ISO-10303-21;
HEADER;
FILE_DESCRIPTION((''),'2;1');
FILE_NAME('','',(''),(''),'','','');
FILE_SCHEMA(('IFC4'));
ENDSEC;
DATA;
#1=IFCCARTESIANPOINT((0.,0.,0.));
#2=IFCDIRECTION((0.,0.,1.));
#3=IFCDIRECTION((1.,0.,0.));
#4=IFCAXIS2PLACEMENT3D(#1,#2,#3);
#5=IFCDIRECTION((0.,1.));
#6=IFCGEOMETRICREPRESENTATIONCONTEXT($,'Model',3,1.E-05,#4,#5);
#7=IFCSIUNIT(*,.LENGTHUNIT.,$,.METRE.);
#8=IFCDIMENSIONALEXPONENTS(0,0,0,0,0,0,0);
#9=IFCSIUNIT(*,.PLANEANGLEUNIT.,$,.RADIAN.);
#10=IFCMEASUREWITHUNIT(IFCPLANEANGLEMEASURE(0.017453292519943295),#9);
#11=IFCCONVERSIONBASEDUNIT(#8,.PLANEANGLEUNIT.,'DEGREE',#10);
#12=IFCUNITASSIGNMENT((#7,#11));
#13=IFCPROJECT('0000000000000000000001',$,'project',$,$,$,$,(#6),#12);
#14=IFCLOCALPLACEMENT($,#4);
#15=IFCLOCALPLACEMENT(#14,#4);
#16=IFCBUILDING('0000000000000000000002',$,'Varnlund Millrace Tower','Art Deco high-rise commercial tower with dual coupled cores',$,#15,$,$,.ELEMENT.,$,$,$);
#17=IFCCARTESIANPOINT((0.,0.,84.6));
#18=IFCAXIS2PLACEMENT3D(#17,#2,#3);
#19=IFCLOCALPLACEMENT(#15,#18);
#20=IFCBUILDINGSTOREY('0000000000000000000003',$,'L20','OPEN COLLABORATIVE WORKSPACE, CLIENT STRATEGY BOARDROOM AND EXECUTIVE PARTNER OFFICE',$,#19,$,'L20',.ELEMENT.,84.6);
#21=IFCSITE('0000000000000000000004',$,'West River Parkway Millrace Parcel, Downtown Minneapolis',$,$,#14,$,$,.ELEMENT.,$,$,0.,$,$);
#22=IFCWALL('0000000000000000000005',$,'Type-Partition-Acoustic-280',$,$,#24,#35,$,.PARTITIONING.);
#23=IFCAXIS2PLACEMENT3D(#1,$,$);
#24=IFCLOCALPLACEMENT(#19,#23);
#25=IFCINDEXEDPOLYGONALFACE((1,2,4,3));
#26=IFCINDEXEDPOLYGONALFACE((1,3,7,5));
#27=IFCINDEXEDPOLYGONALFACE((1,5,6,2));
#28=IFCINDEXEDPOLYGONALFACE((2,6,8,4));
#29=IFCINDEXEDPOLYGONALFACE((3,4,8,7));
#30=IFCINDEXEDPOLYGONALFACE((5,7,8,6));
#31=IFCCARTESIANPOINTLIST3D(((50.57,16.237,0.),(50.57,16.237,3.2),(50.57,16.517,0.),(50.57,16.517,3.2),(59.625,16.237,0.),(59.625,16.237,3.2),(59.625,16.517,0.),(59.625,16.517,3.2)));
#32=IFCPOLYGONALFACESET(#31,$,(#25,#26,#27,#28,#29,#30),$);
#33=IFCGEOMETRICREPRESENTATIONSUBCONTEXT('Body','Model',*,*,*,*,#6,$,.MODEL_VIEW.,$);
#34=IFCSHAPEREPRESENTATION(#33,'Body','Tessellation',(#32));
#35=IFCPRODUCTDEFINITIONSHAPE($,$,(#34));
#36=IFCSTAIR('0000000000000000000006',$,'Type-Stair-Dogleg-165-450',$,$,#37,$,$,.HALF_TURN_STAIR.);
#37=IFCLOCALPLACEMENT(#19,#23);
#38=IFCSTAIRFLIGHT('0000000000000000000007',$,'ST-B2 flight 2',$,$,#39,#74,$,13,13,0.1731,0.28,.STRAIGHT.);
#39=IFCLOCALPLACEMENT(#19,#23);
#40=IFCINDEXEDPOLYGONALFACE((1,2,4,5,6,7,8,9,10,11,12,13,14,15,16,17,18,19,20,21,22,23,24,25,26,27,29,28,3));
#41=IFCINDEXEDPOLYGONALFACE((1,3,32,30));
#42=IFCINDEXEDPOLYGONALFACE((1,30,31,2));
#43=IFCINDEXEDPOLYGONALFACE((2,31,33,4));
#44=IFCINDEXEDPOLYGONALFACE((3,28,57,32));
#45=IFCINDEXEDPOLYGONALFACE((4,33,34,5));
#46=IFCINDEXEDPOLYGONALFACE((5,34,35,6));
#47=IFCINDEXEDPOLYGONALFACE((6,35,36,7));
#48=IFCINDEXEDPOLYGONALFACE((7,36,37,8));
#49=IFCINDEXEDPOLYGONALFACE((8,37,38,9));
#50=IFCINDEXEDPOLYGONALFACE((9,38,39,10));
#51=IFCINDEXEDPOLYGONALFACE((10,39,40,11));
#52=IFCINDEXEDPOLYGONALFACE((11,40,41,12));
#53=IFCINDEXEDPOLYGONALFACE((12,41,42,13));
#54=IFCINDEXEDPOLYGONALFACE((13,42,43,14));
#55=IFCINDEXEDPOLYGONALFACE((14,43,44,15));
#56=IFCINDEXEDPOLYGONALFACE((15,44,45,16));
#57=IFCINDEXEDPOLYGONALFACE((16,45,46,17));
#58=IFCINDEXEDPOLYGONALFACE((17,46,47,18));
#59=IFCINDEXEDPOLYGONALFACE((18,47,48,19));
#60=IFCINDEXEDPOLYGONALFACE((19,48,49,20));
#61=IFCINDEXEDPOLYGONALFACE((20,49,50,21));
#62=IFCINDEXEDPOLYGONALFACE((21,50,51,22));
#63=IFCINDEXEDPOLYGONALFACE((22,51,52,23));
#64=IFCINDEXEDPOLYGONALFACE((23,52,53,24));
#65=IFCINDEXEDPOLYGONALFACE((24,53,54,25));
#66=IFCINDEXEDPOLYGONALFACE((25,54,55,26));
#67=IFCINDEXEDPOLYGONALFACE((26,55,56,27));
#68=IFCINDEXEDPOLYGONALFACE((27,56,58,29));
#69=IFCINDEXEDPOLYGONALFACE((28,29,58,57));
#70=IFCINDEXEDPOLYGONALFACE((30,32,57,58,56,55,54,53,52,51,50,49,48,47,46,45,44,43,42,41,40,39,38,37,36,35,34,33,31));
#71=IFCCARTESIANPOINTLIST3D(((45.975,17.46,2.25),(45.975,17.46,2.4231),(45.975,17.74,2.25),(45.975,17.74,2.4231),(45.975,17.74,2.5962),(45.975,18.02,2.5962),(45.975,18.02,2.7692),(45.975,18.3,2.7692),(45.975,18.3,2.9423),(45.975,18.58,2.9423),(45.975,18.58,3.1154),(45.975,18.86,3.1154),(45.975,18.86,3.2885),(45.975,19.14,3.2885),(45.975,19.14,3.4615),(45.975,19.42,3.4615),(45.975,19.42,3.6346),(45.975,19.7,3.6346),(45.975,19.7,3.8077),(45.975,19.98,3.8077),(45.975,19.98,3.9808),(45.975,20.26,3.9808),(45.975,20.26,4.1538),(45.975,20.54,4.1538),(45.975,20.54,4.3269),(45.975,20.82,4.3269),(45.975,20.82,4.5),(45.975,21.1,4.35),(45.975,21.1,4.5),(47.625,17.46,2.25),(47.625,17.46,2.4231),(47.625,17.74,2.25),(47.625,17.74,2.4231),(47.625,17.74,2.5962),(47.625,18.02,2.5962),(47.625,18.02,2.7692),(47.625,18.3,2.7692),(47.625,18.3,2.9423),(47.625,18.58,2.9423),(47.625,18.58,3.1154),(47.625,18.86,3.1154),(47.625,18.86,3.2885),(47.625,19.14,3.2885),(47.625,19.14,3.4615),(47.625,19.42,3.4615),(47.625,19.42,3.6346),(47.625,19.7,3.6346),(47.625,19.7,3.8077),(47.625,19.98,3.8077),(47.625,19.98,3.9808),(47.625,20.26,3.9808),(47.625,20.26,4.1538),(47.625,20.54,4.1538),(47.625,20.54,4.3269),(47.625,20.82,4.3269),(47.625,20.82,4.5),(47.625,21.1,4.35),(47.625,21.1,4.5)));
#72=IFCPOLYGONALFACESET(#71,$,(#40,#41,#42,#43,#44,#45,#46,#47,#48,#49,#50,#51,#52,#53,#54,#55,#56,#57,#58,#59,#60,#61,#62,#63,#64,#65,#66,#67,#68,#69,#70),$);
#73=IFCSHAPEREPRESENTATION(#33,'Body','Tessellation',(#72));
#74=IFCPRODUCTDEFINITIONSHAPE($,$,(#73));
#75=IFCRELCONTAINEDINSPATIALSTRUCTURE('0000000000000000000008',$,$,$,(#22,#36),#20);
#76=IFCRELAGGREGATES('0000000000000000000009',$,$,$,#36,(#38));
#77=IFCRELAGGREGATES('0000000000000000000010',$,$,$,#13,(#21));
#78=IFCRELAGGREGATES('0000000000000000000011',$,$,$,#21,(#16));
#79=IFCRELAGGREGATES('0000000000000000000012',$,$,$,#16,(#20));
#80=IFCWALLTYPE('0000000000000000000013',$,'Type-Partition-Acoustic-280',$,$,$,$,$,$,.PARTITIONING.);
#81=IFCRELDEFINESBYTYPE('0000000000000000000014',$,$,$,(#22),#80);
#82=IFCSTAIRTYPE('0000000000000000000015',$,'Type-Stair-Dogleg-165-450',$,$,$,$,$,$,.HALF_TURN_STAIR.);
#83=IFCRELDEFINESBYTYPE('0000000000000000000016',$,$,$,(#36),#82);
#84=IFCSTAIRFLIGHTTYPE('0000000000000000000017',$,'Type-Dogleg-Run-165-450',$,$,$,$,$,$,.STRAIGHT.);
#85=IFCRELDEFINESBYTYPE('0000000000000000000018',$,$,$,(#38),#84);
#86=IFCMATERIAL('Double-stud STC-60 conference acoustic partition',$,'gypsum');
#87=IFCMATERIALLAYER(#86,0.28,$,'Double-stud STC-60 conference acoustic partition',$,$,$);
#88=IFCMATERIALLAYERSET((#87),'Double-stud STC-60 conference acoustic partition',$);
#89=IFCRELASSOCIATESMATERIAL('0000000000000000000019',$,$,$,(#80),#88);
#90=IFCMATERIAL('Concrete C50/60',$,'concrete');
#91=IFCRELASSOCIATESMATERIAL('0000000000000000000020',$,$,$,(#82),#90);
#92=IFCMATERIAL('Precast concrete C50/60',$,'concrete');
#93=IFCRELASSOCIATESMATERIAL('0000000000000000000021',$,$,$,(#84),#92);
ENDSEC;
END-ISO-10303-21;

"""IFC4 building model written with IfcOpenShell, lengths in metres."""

from ifc_helpers import new_model, entity, si_unit, converted_unit, direction, frame, origin_with_axes, place, context, subcontext, project, spatial, polyline, outline, extrude, material, layer, layer_set, type_object, element, aggregate, save


model = new_model("IFC4")

# Units and contexts
model_context = context("Model", 3, precision=1e-05, world=origin_with_axes(), true_north=direction((0.0, 1.0)))
body_context = subcontext(model_context, "Body", "Model", "MODEL_VIEW")
ifc_project = project(units=[si_unit("LENGTHUNIT", "METRE"), converted_unit("PLANEANGLEUNIT", "DEGREE", entity("IfcPlaneAngleMeasure", 0.017453292519943295), si_unit("PLANEANGLEUNIT", "RADIAN"), dimensions=[0, 0, 0, 0, 0, 0, 0])], contexts=[model_context])

# Site, building, storey
site_placement = place(None, origin_with_axes())
site = spatial("IfcSite", under=ifc_project, at=site_placement, Name="West River Parkway Millrace Parcel, Downtown Minneapolis", CompositionType="ELEMENT", RefElevation=0.0)
building_placement = place(site_placement, origin_with_axes())
building = spatial("IfcBuilding", under=site, at=building_placement, Name="Varnlund Millrace Tower", Description="Art Deco high-rise commercial tower with dual coupled cores", CompositionType="ELEMENT")
storey_placement = place(building_placement, frame((0.0, 0.0, 84.6), z_axis=(0.0, 0.0, 1.0), x_axis=(1.0, 0.0, 0.0)))
storey = spatial("IfcBuildingStorey", under=building, at=storey_placement, Name="L20", Description="OPEN COLLABORATIVE WORKSPACE, CLIENT STRATEGY BOARDROOM AND EXECUTIVE PARTNER OFFICE", LongName="L20", CompositionType="ELEMENT", Elevation=84.6)

# Shared definitions
ifc_material_1 = material(Name="Precast concrete C50/60", Category="concrete")

# Wall
ifc_material_2 = material(Name="Double-stud STC-60 conference acoustic partition", Category="gypsum")
ifc_layer_1 = layer(ifc_material_2, 0.28, Name="Double-stud STC-60 conference acoustic partition")
ifc_layer_set_1 = layer_set([ifc_layer_1], Name="Double-stud STC-60 conference acoustic partition")
wall_type_1 = type_object("IfcWallType", Name="Type-Partition-Acoustic-280", PredefinedType="PARTITIONING", material=ifc_layer_set_1)
wall_1_placement = place(storey_placement, frame((50.57, 16.377, 0.0), z_axis=(0.0, 0.0, 1.0), x_axis=(1.0, 0.0, 0.0)))
element("IfcWall", 1, at=wall_1_placement, inside=storey, type_object=wall_type_1, Name="Type-Partition-Acoustic-280", PredefinedType="PARTITIONING", context=body_context, shape_type="SweptSolid", body=[
    extrude(outline(polyline([(0.0, -0.14), (9.055, -0.14), (9.055, 0.14), (0.0, 0.14), (0.0, -0.14)])), origin_with_axes(), (0.0, 0.0, 1.0), 3.2),
])

# Stair, stair flight
ifc_material_3 = material(Name="Concrete C50/60", Category="concrete")
stair_type = type_object("IfcStairType", Name="Type-Stair-Dogleg-165-450", PredefinedType="HALF_TURN_STAIR", material=ifc_material_3)
stair_placement = place(storey_placement, origin_with_axes())
stair = element("IfcStair", 2, at=stair_placement, inside=storey, type_object=stair_type, Name="Type-Stair-Dogleg-165-450", PredefinedType="HALF_TURN_STAIR")
stair_flight_type = type_object("IfcStairFlightType", Name="Type-Dogleg-Run-165-450", PredefinedType="STRAIGHT", material=ifc_material_1)
stair_flight_placement = place(storey_placement, frame((45.975, 17.46, 2.25), z_axis=(1.0, 0.0, 0.0), x_axis=(0.0, 1.0, 0.0)))
stair_flight = element("IfcStairFlight", 3, at=stair_flight_placement, type_object=stair_flight_type, Name="ST-B2 flight 2", NumberOfRisers=13, NumberOfTreads=13, PredefinedType="STRAIGHT", RiserHeight=0.1731, TreadLength=0.28, context=body_context, shape_type="SweptSolid", body=[
    extrude(outline(polyline([(0.0, 0.0), (0.0, 0.1731), (0.28, 0.1731), (0.28, 0.3462), (0.56, 0.3462), (0.56, 0.5192), (0.84, 0.5192), (0.84, 0.6923), (1.12, 0.6923), (1.12, 0.8654), (1.4, 0.8654), (1.4, 1.0385), (1.68, 1.0385), (1.68, 1.2115), (1.96, 1.2115), (1.96, 1.3846), (2.24, 1.3846), (2.24, 1.5577), (2.52, 1.5577), (2.52, 1.7308), (2.8, 1.7308), (2.8, 1.9038), (3.08, 1.9038), (3.08, 2.0769), (3.36, 2.0769), (3.36, 2.25), (3.64, 2.25), (3.64, 2.1), (0.28, 0.0), (0.0, 0.0)])), origin_with_axes(), (0.0, 0.0, 1.0), 1.65),
])
aggregate(stair, [stair_flight])

save(model, "model.ifc")
